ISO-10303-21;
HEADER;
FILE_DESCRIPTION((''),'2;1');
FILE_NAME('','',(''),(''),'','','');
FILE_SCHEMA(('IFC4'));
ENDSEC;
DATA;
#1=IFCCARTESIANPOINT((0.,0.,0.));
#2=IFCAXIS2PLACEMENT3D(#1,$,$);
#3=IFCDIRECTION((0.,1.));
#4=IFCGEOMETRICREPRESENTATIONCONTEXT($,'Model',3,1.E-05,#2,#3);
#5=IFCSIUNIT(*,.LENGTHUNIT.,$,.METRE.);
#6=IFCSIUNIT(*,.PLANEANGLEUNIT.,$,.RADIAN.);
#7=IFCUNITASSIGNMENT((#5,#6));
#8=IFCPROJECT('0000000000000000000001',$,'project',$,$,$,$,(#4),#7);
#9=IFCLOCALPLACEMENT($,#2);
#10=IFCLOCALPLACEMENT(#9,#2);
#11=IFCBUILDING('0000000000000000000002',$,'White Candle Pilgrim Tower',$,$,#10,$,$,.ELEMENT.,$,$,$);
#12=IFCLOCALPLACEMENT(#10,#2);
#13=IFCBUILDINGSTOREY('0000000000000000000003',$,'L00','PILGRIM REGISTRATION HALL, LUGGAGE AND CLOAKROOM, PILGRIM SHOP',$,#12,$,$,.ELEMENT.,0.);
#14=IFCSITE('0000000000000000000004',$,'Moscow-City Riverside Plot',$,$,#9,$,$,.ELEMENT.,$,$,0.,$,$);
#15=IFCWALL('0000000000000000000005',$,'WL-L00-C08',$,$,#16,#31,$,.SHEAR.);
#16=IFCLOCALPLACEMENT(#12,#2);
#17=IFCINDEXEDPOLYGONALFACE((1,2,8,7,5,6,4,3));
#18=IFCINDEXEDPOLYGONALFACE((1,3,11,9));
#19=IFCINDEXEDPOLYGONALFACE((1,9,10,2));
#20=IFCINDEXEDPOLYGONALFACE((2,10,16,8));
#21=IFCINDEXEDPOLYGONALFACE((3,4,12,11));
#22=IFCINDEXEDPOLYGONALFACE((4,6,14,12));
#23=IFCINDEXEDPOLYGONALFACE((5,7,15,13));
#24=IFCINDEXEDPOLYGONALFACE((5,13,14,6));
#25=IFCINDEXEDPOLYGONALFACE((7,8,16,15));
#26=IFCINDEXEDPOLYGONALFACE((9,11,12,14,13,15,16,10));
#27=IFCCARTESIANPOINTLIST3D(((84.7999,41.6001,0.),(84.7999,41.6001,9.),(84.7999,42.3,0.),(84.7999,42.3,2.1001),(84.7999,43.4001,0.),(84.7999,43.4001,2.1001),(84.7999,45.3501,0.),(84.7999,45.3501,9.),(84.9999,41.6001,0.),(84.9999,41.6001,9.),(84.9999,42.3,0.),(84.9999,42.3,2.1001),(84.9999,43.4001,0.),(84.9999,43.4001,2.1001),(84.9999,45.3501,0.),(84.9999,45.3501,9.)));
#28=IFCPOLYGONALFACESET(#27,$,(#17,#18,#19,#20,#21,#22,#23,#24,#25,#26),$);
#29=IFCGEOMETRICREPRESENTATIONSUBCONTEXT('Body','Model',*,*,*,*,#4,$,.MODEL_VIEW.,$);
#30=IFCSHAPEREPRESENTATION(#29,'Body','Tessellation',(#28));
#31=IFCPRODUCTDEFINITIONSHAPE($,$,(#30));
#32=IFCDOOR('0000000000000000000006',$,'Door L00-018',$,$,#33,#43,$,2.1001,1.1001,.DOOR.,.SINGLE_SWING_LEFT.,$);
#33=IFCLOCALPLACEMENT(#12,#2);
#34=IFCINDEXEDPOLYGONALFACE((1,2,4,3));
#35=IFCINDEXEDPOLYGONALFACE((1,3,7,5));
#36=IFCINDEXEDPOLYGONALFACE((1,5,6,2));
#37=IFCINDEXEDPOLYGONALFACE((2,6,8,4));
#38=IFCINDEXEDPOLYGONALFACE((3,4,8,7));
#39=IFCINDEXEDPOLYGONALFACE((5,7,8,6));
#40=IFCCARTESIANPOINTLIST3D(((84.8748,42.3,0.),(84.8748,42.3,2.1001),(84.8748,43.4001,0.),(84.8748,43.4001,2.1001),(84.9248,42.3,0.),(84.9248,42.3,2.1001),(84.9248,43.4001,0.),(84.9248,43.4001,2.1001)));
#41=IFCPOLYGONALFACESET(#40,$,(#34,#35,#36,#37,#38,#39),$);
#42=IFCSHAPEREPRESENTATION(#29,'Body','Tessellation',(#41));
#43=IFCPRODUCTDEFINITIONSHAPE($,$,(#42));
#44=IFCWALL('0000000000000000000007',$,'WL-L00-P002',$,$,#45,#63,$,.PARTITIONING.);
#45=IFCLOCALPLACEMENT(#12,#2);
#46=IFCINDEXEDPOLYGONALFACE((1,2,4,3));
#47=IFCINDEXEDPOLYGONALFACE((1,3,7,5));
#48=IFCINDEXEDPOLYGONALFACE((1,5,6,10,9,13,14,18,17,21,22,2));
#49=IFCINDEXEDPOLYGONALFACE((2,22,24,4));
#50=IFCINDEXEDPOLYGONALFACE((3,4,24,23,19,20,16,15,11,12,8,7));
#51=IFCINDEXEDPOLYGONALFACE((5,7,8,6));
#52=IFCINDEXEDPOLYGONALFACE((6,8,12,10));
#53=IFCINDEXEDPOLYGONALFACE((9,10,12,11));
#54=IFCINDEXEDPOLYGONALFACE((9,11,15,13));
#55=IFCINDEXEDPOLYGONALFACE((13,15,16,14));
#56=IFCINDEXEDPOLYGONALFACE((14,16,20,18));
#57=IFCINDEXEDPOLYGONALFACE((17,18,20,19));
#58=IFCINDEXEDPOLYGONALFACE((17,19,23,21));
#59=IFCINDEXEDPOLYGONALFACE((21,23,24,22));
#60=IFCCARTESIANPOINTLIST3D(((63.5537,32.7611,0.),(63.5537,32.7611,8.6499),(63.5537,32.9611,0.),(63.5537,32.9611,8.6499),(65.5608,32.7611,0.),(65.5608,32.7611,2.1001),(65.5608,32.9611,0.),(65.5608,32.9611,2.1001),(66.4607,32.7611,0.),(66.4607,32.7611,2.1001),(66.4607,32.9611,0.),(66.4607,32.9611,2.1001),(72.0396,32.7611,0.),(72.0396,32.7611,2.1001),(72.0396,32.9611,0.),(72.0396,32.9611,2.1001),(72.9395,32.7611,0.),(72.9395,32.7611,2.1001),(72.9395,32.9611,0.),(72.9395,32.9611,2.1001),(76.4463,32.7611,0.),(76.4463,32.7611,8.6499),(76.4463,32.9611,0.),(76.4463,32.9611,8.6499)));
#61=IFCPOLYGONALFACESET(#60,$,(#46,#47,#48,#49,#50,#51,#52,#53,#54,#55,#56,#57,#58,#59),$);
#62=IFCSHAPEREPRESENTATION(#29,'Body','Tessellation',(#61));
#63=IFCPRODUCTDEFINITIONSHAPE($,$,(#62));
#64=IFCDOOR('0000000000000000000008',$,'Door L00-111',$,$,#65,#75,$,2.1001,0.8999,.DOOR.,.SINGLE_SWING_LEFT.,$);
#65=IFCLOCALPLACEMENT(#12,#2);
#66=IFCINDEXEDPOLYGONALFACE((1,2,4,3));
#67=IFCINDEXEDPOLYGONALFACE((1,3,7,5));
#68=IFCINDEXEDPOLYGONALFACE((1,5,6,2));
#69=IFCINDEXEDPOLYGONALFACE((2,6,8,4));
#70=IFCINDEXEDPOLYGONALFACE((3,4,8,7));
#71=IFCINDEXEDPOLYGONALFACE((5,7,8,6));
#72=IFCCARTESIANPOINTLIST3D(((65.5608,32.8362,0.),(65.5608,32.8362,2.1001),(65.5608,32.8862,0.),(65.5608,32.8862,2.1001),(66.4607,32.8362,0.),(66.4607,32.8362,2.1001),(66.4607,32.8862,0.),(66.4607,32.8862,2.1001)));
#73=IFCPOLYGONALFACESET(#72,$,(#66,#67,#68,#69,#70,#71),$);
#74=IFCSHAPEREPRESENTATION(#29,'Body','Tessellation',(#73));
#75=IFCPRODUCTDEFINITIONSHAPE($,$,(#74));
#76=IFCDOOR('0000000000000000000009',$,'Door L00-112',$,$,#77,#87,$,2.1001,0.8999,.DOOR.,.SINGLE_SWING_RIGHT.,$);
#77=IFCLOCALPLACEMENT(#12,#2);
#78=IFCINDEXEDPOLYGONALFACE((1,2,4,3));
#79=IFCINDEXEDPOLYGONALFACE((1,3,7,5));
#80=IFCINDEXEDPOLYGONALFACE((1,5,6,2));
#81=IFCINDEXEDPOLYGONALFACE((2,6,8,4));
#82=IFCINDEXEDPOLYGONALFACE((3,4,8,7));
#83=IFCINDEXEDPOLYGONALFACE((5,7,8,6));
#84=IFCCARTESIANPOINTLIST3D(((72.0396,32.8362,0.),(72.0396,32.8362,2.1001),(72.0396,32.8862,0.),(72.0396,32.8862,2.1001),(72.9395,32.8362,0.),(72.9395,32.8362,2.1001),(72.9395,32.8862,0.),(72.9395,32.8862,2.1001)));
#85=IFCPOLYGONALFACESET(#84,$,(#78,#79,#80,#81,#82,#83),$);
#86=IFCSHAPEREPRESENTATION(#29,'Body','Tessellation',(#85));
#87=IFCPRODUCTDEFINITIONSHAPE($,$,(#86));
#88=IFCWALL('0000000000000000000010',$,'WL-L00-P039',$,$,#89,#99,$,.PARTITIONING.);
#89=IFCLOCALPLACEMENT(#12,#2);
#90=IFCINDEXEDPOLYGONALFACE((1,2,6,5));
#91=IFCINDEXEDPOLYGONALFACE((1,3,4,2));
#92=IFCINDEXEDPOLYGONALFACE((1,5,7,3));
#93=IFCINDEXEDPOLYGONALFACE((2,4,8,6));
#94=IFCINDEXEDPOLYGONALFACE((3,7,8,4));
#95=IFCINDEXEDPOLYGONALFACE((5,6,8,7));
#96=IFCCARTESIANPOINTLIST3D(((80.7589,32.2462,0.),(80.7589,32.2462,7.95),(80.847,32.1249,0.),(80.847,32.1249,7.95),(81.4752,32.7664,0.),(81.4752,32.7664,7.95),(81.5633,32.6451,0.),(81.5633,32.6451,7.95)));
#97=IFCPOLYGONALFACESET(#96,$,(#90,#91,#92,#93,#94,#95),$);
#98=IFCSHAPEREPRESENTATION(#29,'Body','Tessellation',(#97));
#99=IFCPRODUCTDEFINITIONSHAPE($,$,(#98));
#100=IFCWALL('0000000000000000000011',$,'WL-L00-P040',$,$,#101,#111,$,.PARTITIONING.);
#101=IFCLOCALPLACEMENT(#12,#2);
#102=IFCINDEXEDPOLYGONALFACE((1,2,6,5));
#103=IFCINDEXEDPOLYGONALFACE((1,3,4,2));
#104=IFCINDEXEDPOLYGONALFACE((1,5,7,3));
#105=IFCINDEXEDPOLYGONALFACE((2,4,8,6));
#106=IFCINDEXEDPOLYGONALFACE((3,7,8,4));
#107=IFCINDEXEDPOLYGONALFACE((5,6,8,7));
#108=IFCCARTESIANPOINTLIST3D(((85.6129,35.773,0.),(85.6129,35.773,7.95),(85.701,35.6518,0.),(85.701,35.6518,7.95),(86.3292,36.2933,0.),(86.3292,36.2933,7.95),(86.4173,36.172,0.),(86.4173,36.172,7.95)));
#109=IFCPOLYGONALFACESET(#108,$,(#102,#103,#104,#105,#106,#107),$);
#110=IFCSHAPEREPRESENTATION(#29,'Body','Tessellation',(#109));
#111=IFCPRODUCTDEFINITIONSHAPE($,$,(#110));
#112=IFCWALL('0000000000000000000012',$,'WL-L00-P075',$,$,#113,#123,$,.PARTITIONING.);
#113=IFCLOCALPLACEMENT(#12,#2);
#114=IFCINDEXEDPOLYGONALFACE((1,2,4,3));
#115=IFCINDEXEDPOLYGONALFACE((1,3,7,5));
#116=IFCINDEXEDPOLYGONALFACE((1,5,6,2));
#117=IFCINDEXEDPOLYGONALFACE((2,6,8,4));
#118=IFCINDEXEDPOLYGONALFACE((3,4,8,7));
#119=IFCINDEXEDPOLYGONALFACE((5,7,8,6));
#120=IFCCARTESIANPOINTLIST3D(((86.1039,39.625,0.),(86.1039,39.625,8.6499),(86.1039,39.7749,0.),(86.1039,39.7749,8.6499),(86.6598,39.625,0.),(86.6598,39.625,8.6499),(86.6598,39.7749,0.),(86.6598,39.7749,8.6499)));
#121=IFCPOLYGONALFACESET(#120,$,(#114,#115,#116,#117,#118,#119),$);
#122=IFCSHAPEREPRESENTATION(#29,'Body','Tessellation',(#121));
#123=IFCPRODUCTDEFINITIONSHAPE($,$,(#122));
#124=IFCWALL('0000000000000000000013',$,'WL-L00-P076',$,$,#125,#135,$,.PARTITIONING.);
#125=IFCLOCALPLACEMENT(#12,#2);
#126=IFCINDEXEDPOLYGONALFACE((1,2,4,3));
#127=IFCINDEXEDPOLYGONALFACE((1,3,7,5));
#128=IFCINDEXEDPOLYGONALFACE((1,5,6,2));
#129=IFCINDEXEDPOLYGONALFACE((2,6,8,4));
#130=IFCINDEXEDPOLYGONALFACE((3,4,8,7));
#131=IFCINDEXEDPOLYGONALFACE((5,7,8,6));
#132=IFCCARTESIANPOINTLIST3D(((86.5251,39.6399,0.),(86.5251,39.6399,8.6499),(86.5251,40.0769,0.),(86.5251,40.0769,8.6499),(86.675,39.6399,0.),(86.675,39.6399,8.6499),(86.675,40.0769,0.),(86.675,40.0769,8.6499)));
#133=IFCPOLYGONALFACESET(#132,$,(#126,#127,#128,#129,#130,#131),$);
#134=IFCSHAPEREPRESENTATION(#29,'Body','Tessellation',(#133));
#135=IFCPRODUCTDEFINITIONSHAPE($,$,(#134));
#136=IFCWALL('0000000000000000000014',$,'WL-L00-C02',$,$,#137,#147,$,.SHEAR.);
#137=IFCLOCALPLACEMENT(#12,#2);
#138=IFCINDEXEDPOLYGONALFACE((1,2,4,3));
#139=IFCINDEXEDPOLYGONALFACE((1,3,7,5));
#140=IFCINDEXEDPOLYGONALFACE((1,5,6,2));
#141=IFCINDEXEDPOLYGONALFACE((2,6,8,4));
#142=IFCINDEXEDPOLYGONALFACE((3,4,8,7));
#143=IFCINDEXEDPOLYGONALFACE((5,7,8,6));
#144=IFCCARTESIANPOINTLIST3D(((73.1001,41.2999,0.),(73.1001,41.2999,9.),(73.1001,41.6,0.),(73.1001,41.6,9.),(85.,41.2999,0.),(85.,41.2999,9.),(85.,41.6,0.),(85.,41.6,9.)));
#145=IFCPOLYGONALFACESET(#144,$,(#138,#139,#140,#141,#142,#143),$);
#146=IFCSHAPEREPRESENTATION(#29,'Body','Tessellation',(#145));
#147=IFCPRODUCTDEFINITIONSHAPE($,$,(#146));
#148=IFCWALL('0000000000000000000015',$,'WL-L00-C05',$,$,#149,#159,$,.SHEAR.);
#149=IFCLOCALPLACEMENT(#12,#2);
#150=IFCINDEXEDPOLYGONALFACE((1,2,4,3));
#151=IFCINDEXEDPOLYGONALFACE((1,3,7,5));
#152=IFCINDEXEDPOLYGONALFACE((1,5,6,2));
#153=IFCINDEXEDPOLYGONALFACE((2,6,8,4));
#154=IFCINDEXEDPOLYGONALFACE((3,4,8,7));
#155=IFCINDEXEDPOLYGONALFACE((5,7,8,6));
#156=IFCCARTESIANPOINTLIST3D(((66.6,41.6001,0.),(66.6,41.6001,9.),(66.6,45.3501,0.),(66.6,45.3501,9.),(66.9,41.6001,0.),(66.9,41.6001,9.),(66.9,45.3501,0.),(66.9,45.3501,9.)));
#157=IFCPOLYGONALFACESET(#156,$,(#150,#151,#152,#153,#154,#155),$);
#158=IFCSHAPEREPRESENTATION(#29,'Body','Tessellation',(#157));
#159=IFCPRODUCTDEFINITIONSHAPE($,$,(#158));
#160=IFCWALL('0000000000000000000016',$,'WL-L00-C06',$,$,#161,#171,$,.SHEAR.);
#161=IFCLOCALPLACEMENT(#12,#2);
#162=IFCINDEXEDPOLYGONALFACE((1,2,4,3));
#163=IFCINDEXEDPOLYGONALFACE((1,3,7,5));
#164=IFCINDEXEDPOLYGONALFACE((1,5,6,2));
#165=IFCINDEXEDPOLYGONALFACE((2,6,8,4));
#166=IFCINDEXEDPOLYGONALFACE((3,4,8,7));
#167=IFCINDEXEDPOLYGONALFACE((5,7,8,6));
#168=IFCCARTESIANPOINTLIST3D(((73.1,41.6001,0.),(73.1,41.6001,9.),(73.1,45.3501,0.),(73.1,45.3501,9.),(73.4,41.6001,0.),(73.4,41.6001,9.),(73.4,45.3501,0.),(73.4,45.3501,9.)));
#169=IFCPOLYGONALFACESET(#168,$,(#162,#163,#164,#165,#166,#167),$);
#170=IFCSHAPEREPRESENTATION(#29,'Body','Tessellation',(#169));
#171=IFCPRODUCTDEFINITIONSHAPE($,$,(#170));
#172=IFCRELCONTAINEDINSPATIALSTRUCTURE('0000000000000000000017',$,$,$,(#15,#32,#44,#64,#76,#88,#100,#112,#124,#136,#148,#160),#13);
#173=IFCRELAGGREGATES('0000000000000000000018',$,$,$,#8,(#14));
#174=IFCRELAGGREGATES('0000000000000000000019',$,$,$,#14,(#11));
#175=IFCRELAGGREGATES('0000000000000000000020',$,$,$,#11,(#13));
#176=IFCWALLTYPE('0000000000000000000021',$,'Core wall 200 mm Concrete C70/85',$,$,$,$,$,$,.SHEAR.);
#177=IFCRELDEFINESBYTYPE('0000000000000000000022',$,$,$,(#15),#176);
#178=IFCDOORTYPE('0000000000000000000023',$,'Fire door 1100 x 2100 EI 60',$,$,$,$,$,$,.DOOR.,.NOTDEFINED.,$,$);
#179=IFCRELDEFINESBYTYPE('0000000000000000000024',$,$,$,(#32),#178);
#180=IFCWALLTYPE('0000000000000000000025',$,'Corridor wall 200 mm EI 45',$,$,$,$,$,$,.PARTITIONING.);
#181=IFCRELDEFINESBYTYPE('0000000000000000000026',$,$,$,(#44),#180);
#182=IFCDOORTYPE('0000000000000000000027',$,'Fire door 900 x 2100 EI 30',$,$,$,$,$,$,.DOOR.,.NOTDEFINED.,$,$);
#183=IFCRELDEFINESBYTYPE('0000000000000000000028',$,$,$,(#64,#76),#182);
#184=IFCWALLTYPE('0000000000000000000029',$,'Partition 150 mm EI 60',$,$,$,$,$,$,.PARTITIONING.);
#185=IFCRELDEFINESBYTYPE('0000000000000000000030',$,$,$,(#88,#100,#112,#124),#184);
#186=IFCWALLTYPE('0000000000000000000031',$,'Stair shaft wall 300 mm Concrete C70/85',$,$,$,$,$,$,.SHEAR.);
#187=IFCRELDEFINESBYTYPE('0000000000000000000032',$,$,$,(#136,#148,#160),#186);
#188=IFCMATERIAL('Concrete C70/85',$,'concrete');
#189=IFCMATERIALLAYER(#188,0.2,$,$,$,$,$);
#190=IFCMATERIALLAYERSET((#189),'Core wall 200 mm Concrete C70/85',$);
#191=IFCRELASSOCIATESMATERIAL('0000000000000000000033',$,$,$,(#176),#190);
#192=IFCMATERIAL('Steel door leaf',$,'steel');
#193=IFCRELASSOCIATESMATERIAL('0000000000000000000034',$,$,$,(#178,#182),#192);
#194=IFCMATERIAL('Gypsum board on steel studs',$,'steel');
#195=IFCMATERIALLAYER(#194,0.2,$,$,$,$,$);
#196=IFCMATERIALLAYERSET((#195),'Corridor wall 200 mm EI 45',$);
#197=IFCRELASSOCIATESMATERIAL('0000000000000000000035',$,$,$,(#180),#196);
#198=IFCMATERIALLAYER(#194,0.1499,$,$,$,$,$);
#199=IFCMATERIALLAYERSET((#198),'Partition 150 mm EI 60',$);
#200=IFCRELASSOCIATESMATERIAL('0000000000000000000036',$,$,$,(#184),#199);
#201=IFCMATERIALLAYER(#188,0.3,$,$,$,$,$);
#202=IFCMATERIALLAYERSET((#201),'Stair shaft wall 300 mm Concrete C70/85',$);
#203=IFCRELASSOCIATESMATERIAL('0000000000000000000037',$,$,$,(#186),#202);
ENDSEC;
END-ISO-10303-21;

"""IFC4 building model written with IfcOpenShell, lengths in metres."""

from ifc_helpers import new_model, si_unit, direction, frame, frame_2d, origin, place, context, subcontext, project, spatial, rectangle, extrude, material, layer, layer_set, type_object, element, fill, save


model = new_model("IFC4")

# Units and contexts
model_context = context("Model", 3, precision=1e-05, world=origin(), true_north=direction((0.0, 1.0)))
body_context = subcontext(model_context, "Body", "Model", "MODEL_VIEW")
ifc_project = project(units=[si_unit("LENGTHUNIT", "METRE"), si_unit("PLANEANGLEUNIT", "RADIAN")], contexts=[model_context])

# Site, building, storey
site_placement = place(None, origin())
site = spatial("IfcSite", under=ifc_project, at=site_placement, Name="Moscow-City Riverside Plot", CompositionType="ELEMENT", RefElevation=0.0)
building_placement = place(site_placement, origin())
building = spatial("IfcBuilding", under=site, at=building_placement, Name="White Candle Pilgrim Tower", CompositionType="ELEMENT")
storey_placement = place(building_placement, origin())
storey = spatial("IfcBuildingStorey", under=building, at=storey_placement, Name="L00", Description="PILGRIM REGISTRATION HALL, LUGGAGE AND CLOAKROOM, PILGRIM SHOP", CompositionType="ELEMENT", Elevation=0.0)

# Wall, opening, door
ifc_material_1 = material(Name="Concrete C70/85", Category="concrete")
ifc_layer_1 = layer(ifc_material_1, 0.2)
ifc_layer_set_1 = layer_set([ifc_layer_1], Name="Core wall 200 mm Concrete C70/85")
wall_type_1 = type_object("IfcWallType", Name="Core wall 200 mm Concrete C70/85", PredefinedType="SHEAR", material=ifc_layer_set_1)
wall_1_placement = place(storey_placement, frame((84.8999, 41.6001, 0.0), z_axis=(0.0, 0.0, 1.0), x_axis=(0.0, 1.0, 0.0)))
wall_1 = element("IfcWall", 1, at=wall_1_placement, inside=storey, type_object=wall_type_1, Name="WL-L00-C08", PredefinedType="SHEAR", context=body_context, shape_type="SweptSolid", body=[
    extrude(rectangle(XDim=3.75, YDim=0.2, at=frame_2d((1.875, 0.0))), origin(), (0.0, 0.0, 1.0), 9.0),
])
opening_1_placement = place(wall_1_placement, frame((0.7, 0.0, 0.0)))
opening_1 = element("IfcOpeningElement", 2, at=opening_1_placement, cuts=wall_1, PredefinedType="OPENING", context=body_context, shape_type="SweptSolid", body=[
    extrude(rectangle(XDim=1.1001, YDim=2.1001, at=frame_2d((0.55, 1.05))), frame((0.0, 0.1099, 0.0), z_axis=(0.0, -1.0, 0.0), x_axis=(1.0, 0.0, 0.0)), (0.0, 0.0, 1.0), 0.22),
])
ifc_material_2 = material(Name="Steel door leaf", Category="steel")
door_type_1 = type_object("IfcDoorType", Name="Fire door 1100 x 2100 EI 60", OperationType="NOTDEFINED", PredefinedType="DOOR", material=ifc_material_2)
door_1_placement = place(opening_1_placement, frame((1.1001, 0.0, 0.0), z_axis=(0.0, 0.0, 1.0), x_axis=(-1.0, 0.0, 0.0)))
door_1 = element("IfcDoor", 3, at=door_1_placement, inside=storey, type_object=door_type_1, Name="Door L00-018", OperationType="SINGLE_SWING_LEFT", OverallHeight=2.1001, OverallWidth=1.1001, PredefinedType="DOOR", context=body_context, shape_type="SweptSolid", body=[
    extrude(rectangle(XDim=1.1001, YDim=2.1001, at=frame_2d((0.55, 1.05))), frame((0.0, 0.0249, 0.0), z_axis=(0.0, -1.0, 0.0), x_axis=(1.0, 0.0, 0.0)), (0.0, 0.0, 1.0), 0.05),
])
fill(opening_1, door_1)

# Wall, openings, doors
ifc_material_3 = material(Name="Gypsum board on steel studs", Category="steel")
ifc_layer_2 = layer(ifc_material_3, 0.2)
ifc_layer_set_2 = layer_set([ifc_layer_2], Name="Corridor wall 200 mm EI 45")
wall_type_2 = type_object("IfcWallType", Name="Corridor wall 200 mm EI 45", PredefinedType="PARTITIONING", material=ifc_layer_set_2)
wall_2_placement = place(storey_placement, frame((76.4463, 32.8611, 0.0), z_axis=(0.0, 0.0, 1.0), x_axis=(-1.0, 0.0, 0.0)))
wall_2 = element("IfcWall", 4, at=wall_2_placement, inside=storey, type_object=wall_type_2, Name="WL-L00-P002", PredefinedType="PARTITIONING", context=body_context, shape_type="SweptSolid", body=[
    extrude(rectangle(XDim=12.8926, YDim=0.2, at=frame_2d((6.4463, 0.0))), origin(), (0.0, 0.0, 1.0), 8.6499),
])
opening_2_placement = place(wall_2_placement, frame((9.9856, 0.0, 0.0)))
opening_2 = element("IfcOpeningElement", 5, at=opening_2_placement, cuts=wall_2, PredefinedType="OPENING", context=body_context, shape_type="SweptSolid", body=[
    extrude(rectangle(XDim=0.8999, YDim=2.1001, at=frame_2d((0.45, 1.05))), frame((0.0, 0.1099, 0.0), z_axis=(0.0, -1.0, 0.0), x_axis=(1.0, 0.0, 0.0)), (0.0, 0.0, 1.0), 0.22),
])
opening_3_placement = place(wall_2_placement, frame((3.5068, 0.0, 0.0)))
opening_3 = element("IfcOpeningElement", 6, at=opening_3_placement, cuts=wall_2, PredefinedType="OPENING", context=body_context, shape_type="SweptSolid", body=[
    extrude(rectangle(XDim=0.8999, YDim=2.1001, at=frame_2d((0.45, 1.05))), frame((0.0, 0.1099, 0.0), z_axis=(0.0, -1.0, 0.0), x_axis=(1.0, 0.0, 0.0)), (0.0, 0.0, 1.0), 0.22),
])
door_type_2 = type_object("IfcDoorType", Name="Fire door 900 x 2100 EI 30", OperationType="NOTDEFINED", PredefinedType="DOOR", material=ifc_material_2)
door_2_placement = place(opening_2_placement, origin())
door_2 = element("IfcDoor", 7, at=door_2_placement, inside=storey, type_object=door_type_2, Name="Door L00-111", OperationType="SINGLE_SWING_LEFT", OverallHeight=2.1001, OverallWidth=0.8999, PredefinedType="DOOR", context=body_context, shape_type="SweptSolid", body=[
    extrude(rectangle(XDim=0.8999, YDim=2.1001, at=frame_2d((0.45, 1.05))), frame((0.0, 0.0249, 0.0), z_axis=(0.0, -1.0, 0.0), x_axis=(1.0, 0.0, 0.0)), (0.0, 0.0, 1.0), 0.05),
])
fill(opening_2, door_2)
door_3_placement = place(opening_3_placement, origin())
door_3 = element("IfcDoor", 8, at=door_3_placement, inside=storey, type_object=door_type_2, Name="Door L00-112", OperationType="SINGLE_SWING_RIGHT", OverallHeight=2.1001, OverallWidth=0.8999, PredefinedType="DOOR", context=body_context, shape_type="SweptSolid", body=[
    extrude(rectangle(XDim=0.8999, YDim=2.1001, at=frame_2d((0.45, 1.05))), frame((0.0, 0.0249, 0.0), z_axis=(0.0, -1.0, 0.0), x_axis=(1.0, 0.0, 0.0)), (0.0, 0.0, 1.0), 0.05),
])
fill(opening_3, door_3)

# Walls
ifc_layer_3 = layer(ifc_material_3, 0.1499)
ifc_layer_set_3 = layer_set([ifc_layer_3], Name="Partition 150 mm EI 60")
wall_type_3 = type_object("IfcWallType", Name="Partition 150 mm EI 60", PredefinedType="PARTITIONING", material=ifc_layer_set_3)
for number, where, z_axis, x_axis, name in (
    (9, (80.803, 32.1855, 0.0), (0.0, 0.0, 1.0), (0.809106, 0.587663, 0.0), "WL-L00-P039"),
    (10, (85.657, 35.7124, 0.0), (0.0, 0.0, 1.0), (0.809106, 0.587663, 0.0), "WL-L00-P040"),
):
    element("IfcWall", number, at=place(storey_placement, frame(where, z_axis=z_axis, x_axis=x_axis)), inside=storey, type_object=wall_type_3, Name=name, PredefinedType="PARTITIONING", context=body_context, shape_type="SweptSolid", body=[
        extrude(rectangle(XDim=0.8853, YDim=0.1499, at=frame_2d((0.4426, 0.0))), origin(), (0.0, 0.0, 1.0), 7.95),
    ])
wall_3_placement = place(storey_placement, frame((86.104, 39.7, 0.0), z_axis=(0.0, 0.0, 1.0), x_axis=(1.0, 0.0, 0.0)))
element("IfcWall", 11, at=wall_3_placement, inside=storey, type_object=wall_type_3, Name="WL-L00-P075", PredefinedType="PARTITIONING", context=body_context, shape_type="SweptSolid", body=[
    extrude(rectangle(XDim=0.5559, YDim=0.1499, at=frame_2d((0.2778, 0.0))), origin(), (0.0, 0.0, 1.0), 8.6499),
])
wall_4_placement = place(storey_placement, frame((86.6001, 39.6399, 0.0), z_axis=(0.0, 0.0, 1.0), x_axis=(0.0, 1.0, 0.0)))
element("IfcWall", 12, at=wall_4_placement, inside=storey, type_object=wall_type_3, Name="WL-L00-P076", PredefinedType="PARTITIONING", context=body_context, shape_type="SweptSolid", body=[
    extrude(rectangle(XDim=0.437, YDim=0.1499, at=frame_2d((0.2185, 0.0))), origin(), (0.0, 0.0, 1.0), 8.6499),
])
ifc_layer_4 = layer(ifc_material_1, 0.3)
ifc_layer_set_4 = layer_set([ifc_layer_4], Name="Stair shaft wall 300 mm Concrete C70/85")
wall_type_4 = type_object("IfcWallType", Name="Stair shaft wall 300 mm Concrete C70/85", PredefinedType="SHEAR", material=ifc_layer_set_4)
wall_5_placement = place(storey_placement, frame((73.1001, 41.45, 0.0), z_axis=(0.0, 0.0, 1.0), x_axis=(1.0, 0.0, 0.0)))
element("IfcWall", 13, at=wall_5_placement, inside=storey, type_object=wall_type_4, Name="WL-L00-C02", PredefinedType="SHEAR", context=body_context, shape_type="SweptSolid", body=[
    extrude(rectangle(XDim=11.8999, YDim=0.3, at=frame_2d((5.95, 0.0))), origin(), (0.0, 0.0, 1.0), 9.0),
])
for number, where, z_axis, x_axis, name in (
    (14, (66.75, 41.6001, 0.0), (0.0, 0.0, 1.0), (0.0, 1.0, 0.0), "WL-L00-C05"),
    (15, (73.25, 41.6001, 0.0), (0.0, 0.0, 1.0), (0.0, 1.0, 0.0), "WL-L00-C06"),
):
    element("IfcWall", number, at=place(storey_placement, frame(where, z_axis=z_axis, x_axis=x_axis)), inside=storey, type_object=wall_type_4, Name=name, PredefinedType="SHEAR", context=body_context, shape_type="SweptSolid", body=[
        extrude(rectangle(XDim=3.75, YDim=0.3, at=frame_2d((1.875, 0.0))), origin(), (0.0, 0.0, 1.0), 9.0),
    ])

save(model, "model.ifc")
